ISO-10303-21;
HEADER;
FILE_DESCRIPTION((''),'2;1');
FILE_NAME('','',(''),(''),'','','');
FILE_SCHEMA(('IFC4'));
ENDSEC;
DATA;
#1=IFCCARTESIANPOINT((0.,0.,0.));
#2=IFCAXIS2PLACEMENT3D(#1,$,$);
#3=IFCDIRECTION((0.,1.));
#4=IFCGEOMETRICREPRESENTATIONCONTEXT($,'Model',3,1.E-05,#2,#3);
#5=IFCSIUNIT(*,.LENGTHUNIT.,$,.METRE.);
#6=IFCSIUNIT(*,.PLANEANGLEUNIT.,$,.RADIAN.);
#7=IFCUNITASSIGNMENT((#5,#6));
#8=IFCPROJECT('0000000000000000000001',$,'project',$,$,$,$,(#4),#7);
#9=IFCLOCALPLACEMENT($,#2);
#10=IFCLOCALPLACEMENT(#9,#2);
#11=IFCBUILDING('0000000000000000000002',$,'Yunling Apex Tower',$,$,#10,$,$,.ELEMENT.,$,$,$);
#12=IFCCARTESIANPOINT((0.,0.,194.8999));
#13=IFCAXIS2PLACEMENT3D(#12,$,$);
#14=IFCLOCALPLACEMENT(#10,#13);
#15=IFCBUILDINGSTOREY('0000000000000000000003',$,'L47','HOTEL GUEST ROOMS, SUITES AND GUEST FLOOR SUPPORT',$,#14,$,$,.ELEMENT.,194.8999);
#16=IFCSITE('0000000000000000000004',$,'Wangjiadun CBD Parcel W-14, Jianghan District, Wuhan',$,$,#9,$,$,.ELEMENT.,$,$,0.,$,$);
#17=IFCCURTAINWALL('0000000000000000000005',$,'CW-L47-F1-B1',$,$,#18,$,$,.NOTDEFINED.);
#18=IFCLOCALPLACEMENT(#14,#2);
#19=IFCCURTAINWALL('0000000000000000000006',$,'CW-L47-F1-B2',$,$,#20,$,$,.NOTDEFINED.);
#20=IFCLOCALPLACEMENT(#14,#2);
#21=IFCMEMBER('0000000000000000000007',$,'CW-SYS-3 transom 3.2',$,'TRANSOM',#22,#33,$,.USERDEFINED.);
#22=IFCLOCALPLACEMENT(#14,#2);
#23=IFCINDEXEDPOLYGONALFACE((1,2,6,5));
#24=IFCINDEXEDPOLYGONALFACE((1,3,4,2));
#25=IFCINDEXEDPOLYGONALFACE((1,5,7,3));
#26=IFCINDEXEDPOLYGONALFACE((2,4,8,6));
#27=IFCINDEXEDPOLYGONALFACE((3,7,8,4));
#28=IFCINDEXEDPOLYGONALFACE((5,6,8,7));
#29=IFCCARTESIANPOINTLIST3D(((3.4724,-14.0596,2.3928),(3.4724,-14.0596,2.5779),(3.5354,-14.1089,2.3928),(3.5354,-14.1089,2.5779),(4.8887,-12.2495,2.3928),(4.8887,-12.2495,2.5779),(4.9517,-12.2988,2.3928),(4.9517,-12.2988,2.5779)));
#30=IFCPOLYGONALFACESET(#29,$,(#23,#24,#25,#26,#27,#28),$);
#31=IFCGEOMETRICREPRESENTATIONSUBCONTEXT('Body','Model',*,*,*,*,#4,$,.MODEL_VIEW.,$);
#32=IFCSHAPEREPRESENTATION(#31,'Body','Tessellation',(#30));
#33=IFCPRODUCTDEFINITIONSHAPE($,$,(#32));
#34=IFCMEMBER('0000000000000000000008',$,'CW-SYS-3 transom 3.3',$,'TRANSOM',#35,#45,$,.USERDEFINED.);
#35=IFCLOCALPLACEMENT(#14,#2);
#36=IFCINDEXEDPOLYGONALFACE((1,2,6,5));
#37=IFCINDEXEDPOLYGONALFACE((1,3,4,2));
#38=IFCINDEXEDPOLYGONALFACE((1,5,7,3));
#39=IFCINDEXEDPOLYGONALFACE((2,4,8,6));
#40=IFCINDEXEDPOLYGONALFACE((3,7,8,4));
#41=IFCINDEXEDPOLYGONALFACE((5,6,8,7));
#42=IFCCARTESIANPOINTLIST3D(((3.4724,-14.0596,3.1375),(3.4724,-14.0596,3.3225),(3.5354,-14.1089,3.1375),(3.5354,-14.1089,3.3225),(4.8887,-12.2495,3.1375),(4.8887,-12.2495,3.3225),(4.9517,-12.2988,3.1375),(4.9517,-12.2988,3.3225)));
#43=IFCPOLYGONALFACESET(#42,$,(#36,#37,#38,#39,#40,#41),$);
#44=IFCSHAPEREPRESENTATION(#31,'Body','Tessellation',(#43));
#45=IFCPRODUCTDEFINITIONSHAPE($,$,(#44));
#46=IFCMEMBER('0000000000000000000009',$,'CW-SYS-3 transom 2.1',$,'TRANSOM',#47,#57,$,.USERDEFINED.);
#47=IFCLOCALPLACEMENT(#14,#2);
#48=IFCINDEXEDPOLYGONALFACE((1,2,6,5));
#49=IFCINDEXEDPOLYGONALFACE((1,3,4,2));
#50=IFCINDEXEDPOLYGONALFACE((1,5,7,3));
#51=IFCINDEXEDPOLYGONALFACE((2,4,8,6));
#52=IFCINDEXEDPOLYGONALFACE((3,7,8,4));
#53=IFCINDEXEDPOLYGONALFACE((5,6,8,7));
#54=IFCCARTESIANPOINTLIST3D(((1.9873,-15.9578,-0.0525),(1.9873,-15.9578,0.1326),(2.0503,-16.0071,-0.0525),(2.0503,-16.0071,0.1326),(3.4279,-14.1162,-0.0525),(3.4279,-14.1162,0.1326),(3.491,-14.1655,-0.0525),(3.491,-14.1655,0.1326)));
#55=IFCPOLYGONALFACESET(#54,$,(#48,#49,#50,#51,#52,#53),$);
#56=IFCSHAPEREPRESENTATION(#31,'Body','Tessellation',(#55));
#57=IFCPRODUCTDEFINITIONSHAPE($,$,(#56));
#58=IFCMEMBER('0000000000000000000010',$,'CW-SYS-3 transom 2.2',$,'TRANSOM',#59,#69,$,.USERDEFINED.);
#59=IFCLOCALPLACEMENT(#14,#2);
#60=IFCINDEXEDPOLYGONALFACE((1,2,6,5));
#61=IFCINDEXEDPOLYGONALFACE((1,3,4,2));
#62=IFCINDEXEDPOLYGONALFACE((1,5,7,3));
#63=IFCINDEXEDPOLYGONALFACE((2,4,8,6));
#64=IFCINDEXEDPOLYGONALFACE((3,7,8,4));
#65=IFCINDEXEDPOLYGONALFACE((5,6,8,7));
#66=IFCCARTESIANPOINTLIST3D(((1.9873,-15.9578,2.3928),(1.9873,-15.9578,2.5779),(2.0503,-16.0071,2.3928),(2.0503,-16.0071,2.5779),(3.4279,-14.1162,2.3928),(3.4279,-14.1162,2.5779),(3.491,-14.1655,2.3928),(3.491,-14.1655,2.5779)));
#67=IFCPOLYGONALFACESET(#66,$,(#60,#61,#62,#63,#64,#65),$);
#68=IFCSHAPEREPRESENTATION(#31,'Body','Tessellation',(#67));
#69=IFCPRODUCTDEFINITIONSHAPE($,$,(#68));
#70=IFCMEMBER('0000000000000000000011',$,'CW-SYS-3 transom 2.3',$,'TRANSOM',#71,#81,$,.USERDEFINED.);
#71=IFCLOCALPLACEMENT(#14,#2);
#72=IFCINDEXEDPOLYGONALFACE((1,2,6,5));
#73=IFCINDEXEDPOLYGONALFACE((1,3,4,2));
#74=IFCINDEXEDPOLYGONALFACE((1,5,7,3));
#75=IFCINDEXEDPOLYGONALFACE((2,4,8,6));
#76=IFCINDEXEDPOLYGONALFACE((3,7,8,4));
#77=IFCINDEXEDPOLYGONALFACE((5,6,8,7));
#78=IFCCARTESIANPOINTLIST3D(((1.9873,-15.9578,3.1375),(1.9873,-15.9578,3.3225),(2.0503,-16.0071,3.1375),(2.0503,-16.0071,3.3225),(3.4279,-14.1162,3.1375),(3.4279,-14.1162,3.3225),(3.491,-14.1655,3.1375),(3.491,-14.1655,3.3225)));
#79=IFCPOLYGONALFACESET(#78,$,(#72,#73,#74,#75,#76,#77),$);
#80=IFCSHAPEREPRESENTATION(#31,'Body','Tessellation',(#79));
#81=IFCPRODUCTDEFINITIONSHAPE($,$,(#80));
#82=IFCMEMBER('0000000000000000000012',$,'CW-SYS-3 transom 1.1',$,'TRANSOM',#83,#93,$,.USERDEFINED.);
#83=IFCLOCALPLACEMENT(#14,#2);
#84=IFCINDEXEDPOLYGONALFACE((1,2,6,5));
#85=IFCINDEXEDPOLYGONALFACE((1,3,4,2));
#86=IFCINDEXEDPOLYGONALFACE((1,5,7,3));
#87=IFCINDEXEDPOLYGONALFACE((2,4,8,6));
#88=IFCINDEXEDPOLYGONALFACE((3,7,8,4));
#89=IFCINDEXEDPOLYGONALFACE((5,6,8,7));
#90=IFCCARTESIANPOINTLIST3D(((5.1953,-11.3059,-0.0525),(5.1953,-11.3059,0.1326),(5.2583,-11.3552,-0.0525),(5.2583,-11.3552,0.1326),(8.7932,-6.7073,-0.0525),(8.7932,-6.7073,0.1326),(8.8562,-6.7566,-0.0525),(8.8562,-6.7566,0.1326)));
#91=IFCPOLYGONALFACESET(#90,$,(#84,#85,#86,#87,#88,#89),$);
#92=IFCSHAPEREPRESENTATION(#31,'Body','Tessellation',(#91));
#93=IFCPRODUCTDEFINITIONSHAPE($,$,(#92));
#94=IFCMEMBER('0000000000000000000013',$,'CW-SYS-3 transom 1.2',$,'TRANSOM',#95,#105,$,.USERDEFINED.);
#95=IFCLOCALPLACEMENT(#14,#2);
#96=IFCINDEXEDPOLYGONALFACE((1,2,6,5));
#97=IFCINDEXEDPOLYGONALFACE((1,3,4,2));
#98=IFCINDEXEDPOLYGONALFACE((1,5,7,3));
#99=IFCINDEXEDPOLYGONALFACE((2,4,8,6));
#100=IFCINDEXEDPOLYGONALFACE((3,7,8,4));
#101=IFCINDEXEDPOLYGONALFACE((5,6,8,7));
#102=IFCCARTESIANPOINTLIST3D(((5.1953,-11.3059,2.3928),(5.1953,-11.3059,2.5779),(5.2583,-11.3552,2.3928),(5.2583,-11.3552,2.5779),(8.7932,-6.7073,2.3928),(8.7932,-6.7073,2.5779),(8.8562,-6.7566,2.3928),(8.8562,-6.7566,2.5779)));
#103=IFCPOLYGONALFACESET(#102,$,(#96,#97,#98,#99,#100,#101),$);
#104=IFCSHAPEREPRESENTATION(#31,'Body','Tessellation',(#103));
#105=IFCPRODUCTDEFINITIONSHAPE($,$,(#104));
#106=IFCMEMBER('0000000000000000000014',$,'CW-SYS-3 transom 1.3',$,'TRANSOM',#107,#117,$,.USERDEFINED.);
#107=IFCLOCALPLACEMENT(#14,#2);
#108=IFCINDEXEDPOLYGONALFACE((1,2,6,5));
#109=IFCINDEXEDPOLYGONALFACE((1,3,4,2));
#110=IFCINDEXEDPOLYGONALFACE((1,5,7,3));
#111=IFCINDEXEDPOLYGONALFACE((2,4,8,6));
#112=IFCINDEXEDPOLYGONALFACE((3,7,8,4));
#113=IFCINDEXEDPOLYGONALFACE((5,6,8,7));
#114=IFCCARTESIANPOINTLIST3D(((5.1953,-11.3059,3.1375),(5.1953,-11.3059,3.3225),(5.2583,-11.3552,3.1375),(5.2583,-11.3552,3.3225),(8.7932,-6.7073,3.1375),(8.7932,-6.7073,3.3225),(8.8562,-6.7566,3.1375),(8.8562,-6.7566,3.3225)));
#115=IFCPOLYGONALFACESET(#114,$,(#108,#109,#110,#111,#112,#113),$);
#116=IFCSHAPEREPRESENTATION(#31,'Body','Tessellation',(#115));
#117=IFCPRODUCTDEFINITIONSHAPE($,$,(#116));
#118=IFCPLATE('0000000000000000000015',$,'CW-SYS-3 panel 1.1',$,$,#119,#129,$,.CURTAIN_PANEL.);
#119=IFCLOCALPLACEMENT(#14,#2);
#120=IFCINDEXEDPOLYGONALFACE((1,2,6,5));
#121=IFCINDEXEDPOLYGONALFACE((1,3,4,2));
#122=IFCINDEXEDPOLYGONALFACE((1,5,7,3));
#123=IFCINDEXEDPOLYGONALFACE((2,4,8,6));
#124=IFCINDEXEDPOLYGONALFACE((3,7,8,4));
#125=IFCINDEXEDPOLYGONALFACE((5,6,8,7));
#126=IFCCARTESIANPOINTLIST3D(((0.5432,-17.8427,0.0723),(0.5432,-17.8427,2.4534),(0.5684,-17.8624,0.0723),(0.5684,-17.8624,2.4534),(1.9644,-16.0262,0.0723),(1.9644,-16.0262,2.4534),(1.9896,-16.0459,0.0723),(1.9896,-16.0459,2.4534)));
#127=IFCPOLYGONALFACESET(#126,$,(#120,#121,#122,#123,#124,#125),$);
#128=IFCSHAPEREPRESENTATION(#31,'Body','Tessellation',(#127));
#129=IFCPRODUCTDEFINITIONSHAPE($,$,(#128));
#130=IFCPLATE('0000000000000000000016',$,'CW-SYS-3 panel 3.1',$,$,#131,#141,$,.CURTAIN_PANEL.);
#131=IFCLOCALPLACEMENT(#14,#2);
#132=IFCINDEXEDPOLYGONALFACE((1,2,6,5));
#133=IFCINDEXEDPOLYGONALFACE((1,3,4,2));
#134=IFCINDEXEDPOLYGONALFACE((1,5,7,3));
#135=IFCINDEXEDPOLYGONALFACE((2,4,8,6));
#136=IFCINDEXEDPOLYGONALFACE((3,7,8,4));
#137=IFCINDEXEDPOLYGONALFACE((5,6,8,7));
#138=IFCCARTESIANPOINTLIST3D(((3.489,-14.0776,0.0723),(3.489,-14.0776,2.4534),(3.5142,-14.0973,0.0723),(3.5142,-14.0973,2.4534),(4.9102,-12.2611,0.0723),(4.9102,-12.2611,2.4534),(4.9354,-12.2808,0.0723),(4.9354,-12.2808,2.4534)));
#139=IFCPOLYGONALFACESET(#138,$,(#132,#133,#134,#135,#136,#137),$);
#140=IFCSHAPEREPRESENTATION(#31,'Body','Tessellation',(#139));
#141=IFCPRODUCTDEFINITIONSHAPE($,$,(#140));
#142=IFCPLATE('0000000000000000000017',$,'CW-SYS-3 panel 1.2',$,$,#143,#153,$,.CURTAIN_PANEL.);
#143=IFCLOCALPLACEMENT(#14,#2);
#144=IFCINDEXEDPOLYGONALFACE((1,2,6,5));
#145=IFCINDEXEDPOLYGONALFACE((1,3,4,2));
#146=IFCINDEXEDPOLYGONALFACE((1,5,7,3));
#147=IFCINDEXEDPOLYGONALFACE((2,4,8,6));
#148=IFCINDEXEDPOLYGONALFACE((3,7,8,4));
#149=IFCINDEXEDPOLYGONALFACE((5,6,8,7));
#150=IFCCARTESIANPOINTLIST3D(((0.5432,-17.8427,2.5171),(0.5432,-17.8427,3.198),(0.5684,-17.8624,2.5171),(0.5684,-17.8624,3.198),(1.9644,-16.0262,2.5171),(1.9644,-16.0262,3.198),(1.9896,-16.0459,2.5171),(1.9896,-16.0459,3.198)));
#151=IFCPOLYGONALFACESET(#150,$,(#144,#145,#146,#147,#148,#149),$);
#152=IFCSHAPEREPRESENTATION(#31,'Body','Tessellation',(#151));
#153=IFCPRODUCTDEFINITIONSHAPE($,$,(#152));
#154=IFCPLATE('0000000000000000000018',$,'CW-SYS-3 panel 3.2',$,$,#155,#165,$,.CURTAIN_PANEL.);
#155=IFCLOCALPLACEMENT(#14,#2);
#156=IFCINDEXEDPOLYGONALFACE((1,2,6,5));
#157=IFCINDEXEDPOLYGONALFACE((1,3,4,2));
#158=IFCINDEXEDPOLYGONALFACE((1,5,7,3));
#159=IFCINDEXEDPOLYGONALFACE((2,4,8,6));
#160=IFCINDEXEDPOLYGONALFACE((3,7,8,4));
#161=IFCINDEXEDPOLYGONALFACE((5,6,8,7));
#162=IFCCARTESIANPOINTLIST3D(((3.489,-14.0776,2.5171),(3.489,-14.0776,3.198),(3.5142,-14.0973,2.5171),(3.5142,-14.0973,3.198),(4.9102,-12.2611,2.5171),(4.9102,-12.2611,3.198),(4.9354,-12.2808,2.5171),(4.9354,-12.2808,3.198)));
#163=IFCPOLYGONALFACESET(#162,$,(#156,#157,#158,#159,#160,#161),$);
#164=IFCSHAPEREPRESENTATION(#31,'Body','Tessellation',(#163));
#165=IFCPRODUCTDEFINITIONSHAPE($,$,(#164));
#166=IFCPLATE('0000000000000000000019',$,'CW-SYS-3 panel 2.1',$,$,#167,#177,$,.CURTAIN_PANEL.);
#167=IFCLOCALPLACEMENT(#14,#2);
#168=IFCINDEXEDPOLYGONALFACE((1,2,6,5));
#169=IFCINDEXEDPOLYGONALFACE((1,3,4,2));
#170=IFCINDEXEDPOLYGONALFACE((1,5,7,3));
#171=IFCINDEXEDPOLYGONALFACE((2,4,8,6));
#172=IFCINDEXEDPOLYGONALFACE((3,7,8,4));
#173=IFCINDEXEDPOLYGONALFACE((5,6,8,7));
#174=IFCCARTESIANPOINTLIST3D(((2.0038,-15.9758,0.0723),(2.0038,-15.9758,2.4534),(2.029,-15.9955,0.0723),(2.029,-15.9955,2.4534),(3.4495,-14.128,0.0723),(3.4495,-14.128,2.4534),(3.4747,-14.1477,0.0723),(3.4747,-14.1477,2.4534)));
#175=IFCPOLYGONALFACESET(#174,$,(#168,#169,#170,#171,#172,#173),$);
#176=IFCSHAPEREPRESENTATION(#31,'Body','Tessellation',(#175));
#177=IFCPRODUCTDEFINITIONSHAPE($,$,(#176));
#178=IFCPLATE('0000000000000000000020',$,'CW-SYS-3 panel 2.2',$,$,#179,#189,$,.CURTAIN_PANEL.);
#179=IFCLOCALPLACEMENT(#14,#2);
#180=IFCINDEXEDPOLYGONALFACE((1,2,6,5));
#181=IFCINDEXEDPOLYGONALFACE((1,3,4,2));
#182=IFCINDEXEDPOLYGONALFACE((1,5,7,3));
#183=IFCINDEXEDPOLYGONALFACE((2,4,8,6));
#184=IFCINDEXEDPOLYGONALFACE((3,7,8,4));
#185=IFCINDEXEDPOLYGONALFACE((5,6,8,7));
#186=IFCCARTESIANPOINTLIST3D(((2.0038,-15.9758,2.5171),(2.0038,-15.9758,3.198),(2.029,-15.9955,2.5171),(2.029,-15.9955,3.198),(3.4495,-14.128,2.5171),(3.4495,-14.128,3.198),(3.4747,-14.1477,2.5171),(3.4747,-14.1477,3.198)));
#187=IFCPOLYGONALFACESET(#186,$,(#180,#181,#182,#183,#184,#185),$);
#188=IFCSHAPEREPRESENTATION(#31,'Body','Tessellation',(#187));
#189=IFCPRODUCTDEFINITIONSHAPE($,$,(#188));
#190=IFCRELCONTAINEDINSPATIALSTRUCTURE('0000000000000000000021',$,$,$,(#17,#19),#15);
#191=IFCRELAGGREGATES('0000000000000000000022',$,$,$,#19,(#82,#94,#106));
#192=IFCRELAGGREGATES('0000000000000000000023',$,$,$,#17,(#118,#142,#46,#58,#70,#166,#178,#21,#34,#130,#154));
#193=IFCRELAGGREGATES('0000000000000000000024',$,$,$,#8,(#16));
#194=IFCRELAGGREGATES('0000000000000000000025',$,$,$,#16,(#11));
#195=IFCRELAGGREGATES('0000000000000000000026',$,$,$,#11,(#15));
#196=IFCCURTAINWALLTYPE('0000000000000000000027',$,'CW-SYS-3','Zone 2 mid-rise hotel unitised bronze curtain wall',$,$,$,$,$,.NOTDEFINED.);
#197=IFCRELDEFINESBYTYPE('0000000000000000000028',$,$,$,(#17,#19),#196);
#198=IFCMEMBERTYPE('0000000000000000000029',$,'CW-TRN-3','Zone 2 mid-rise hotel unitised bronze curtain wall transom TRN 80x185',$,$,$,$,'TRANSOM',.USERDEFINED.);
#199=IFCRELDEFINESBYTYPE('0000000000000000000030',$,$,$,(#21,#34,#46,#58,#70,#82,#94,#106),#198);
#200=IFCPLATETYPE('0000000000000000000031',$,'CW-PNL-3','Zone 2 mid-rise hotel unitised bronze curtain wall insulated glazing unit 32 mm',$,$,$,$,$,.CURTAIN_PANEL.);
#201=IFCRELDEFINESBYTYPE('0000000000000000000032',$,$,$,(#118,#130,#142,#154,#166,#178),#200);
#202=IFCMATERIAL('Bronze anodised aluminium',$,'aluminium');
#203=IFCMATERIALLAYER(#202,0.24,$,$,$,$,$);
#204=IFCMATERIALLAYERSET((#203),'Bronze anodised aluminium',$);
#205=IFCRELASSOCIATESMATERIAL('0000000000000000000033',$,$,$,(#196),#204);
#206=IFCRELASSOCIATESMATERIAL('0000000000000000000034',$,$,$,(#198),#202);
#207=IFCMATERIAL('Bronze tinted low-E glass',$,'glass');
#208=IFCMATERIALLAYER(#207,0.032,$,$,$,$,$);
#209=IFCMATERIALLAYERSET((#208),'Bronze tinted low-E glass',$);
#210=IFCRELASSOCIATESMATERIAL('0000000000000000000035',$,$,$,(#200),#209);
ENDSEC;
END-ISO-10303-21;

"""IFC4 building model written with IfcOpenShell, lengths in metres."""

from ifc_helpers import new_model, si_unit, direction, frame, origin, origin_2d, place, context, subcontext, project, spatial, rectangle, extrude, source, transform, mapped, material, layer, layer_set, material_profile, profile_set, type_object, element, aggregate, save


model = new_model("IFC4")

# Units and contexts
model_context = context("Model", 3, precision=1e-05, world=origin(), true_north=direction((0.0, 1.0)))
body_context = subcontext(model_context, "Body", "Model", "MODEL_VIEW")
ifc_project = project(units=[si_unit("LENGTHUNIT", "METRE"), si_unit("PLANEANGLEUNIT", "RADIAN")], contexts=[model_context])

# Site, building, storey
site_placement = place(None, origin())
site = spatial("IfcSite", under=ifc_project, at=site_placement, Name="Wangjiadun CBD Parcel W-14, Jianghan District, Wuhan", CompositionType="ELEMENT", RefElevation=0.0)
building_placement = place(site_placement, origin())
building = spatial("IfcBuilding", under=site, at=building_placement, Name="Yunling Apex Tower", CompositionType="ELEMENT")
storey_placement = place(building_placement, frame((0.0, 0.0, 194.8999)))
storey = spatial("IfcBuildingStorey", under=building, at=storey_placement, Name="L47", Description="HOTEL GUEST ROOMS, SUITES AND GUEST FLOOR SUPPORT", CompositionType="ELEMENT", Elevation=194.8999)

# Curtain wall
ifc_material_1 = material(Name="Bronze anodised aluminium", Category="aluminium")
ifc_layer_1 = layer(ifc_material_1, 0.24)
ifc_layer_set_1 = layer_set([ifc_layer_1], Name="Bronze anodised aluminium")
curtain_wall_type = type_object("IfcCurtainWallType", Name="CW-SYS-3", Description="Zone 2 mid-rise hotel unitised bronze curtain wall", PredefinedType="NOTDEFINED", material=ifc_layer_set_1)
curtain_wall_1_placement = place(storey_placement, origin())
curtain_wall_1 = element("IfcCurtainWall", 1, at=curtain_wall_1_placement, inside=storey, type_object=curtain_wall_type, Name="CW-L47-F1-B1", PredefinedType="NOTDEFINED")

# Curtain wall
curtain_wall_2_placement = place(storey_placement, origin())
curtain_wall_2 = element("IfcCurtainWall", 2, at=curtain_wall_2_placement, inside=storey, type_object=curtain_wall_type, Name="CW-L47-F1-B2", PredefinedType="NOTDEFINED")

# Members
ifc_material_profile_1 = material_profile(ifc_material_1, rectangle(XDim=0.0801, YDim=0.1851, at=origin_2d()))
ifc_profile_set_1 = profile_set([ifc_material_profile_1], Name="Bronze anodised aluminium")
member_type_1 = type_object("IfcMemberType", Name="CW-TRN-3", Description="Zone 2 mid-rise hotel unitised bronze curtain wall transom TRN 80x185", ElementType="TRANSOM", PredefinedType="USERDEFINED", material=ifc_profile_set_1)
shared_shape_1 = source(origin(), body_context, "Body", "SweptSolid", [
    extrude(rectangle(XDim=0.0801, YDim=0.1851, at=origin_2d()), origin(), (0.0, 0.0, 1.0), 2.2983),
])
member_1_placement = place(storey_placement, frame((3.5039, -14.0842, 2.4854), z_axis=(0.616225, 0.78757, 0.0), x_axis=(-0.78757, 0.616225, 0.0)))
member_1 = element("IfcMember", 3, at=member_1_placement, type_object=member_type_1, Name="CW-SYS-3 transom 3.2", ObjectType="TRANSOM", PredefinedType="USERDEFINED", context=body_context, shape_type="MappedRepresentation", body=[
    mapped(shared_shape_1, transform((0.0, 0.0, 0.0), scale=1.0)),
])
member_2_placement = place(storey_placement, frame((3.5039, -14.0842, 3.23), z_axis=(0.616225, 0.78757, 0.0), x_axis=(-0.78757, 0.616225, 0.0)))
member_2 = element("IfcMember", 4, at=member_2_placement, type_object=member_type_1, Name="CW-SYS-3 transom 3.3", ObjectType="TRANSOM", PredefinedType="USERDEFINED", context=body_context, shape_type="MappedRepresentation", body=[
    mapped(shared_shape_1, transform((0.0, 0.0, 0.0), scale=1.0)),
])
shared_shape_2 = source(origin(), body_context, "Body", "SweptSolid", [
    extrude(rectangle(XDim=0.0801, YDim=0.1851, at=origin_2d()), origin(), (0.0, 0.0, 1.0), 2.3381),
])
member_3_placement = place(storey_placement, frame((2.0188, -15.9824, 0.04), z_axis=(0.616165, 0.787617, 0.0), x_axis=(-0.787617, 0.616165, 0.0)))
member_3 = element("IfcMember", 5, at=member_3_placement, type_object=member_type_1, Name="CW-SYS-3 transom 2.1", ObjectType="TRANSOM", PredefinedType="USERDEFINED", context=body_context, shape_type="MappedRepresentation", body=[
    mapped(shared_shape_2, transform((0.0, 0.0, 0.0), scale=1.0)),
])
member_4_placement = place(storey_placement, frame((2.0188, -15.9824, 2.4854), z_axis=(0.616165, 0.787617, 0.0), x_axis=(-0.787617, 0.616165, 0.0)))
member_4 = element("IfcMember", 6, at=member_4_placement, type_object=member_type_1, Name="CW-SYS-3 transom 2.2", ObjectType="TRANSOM", PredefinedType="USERDEFINED", context=body_context, shape_type="MappedRepresentation", body=[
    mapped(shared_shape_2, transform((0.0, 0.0, 0.0), scale=1.0)),
])
member_5_placement = place(storey_placement, frame((2.0188, -15.9824, 3.23), z_axis=(0.616165, 0.787617, 0.0), x_axis=(-0.787617, 0.616165, 0.0)))
member_5 = element("IfcMember", 7, at=member_5_placement, type_object=member_type_1, Name="CW-SYS-3 transom 2.3", ObjectType="TRANSOM", PredefinedType="USERDEFINED", context=body_context, shape_type="MappedRepresentation", body=[
    mapped(shared_shape_2, transform((0.0, 0.0, 0.0), scale=1.0)),
])
shared_shape_3 = source(origin(), body_context, "Body", "SweptSolid", [
    extrude(rectangle(XDim=0.0801, YDim=0.1851, at=origin_2d()), origin(), (0.0, 0.0, 1.0), 5.8389),
])
member_6_placement = place(storey_placement, frame((5.2268, -11.3306, 0.04), z_axis=(0.616199, 0.787591, 0.0), x_axis=(-0.787591, 0.616199, 0.0)))
member_6 = element("IfcMember", 8, at=member_6_placement, type_object=member_type_1, Name="CW-SYS-3 transom 1.1", ObjectType="TRANSOM", PredefinedType="USERDEFINED", context=body_context, shape_type="MappedRepresentation", body=[
    mapped(shared_shape_3, transform((0.0, 0.0, 0.0), scale=1.0)),
])
member_7_placement = place(storey_placement, frame((5.2268, -11.3306, 2.4854), z_axis=(0.616199, 0.787591, 0.0), x_axis=(-0.787591, 0.616199, 0.0)))
member_7 = element("IfcMember", 9, at=member_7_placement, type_object=member_type_1, Name="CW-SYS-3 transom 1.2", ObjectType="TRANSOM", PredefinedType="USERDEFINED", context=body_context, shape_type="MappedRepresentation", body=[
    mapped(shared_shape_3, transform((0.0, 0.0, 0.0), scale=1.0)),
])
member_8_placement = place(storey_placement, frame((5.2268, -11.3306, 3.23), z_axis=(0.616199, 0.787591, 0.0), x_axis=(-0.787591, 0.616199, 0.0)))
member_8 = element("IfcMember", 10, at=member_8_placement, type_object=member_type_1, Name="CW-SYS-3 transom 1.3", ObjectType="TRANSOM", PredefinedType="USERDEFINED", context=body_context, shape_type="MappedRepresentation", body=[
    mapped(shared_shape_3, transform((0.0, 0.0, 0.0), scale=1.0)),
])
aggregate(curtain_wall_2, [member_6, member_7, member_8])

# Plates
ifc_material_2 = material(Name="Bronze tinted low-E glass", Category="glass")
ifc_layer_2 = layer(ifc_material_2, 0.032)
ifc_layer_set_2 = layer_set([ifc_layer_2], Name="Bronze tinted low-E glass")
plate_type = type_object("IfcPlateType", Name="CW-PNL-3", Description="Zone 2 mid-rise hotel unitised bronze curtain wall insulated glazing unit 32 mm", PredefinedType="CURTAIN_PANEL", material=ifc_layer_set_2)
shared_shape_4 = source(origin(), body_context, "Body", "SweptSolid", [
    extrude(rectangle(XDim=2.3064, YDim=0.032, at=origin_2d()), origin(), (0.0, 0.0, 1.0), 2.3811),
])
plate_1_placement = place(storey_placement, frame((1.2664, -16.9443, 0.0723), z_axis=(0.0, 0.0, 1.0), x_axis=(0.6162, 0.787589, 0.0)))
plate_1 = element("IfcPlate", 11, at=plate_1_placement, type_object=plate_type, Name="CW-SYS-3 panel 1.1", PredefinedType="CURTAIN_PANEL", context=body_context, shape_type="MappedRepresentation", body=[
    mapped(shared_shape_4, transform((0.0, 0.0, 0.0), scale=1.0)),
])
plate_2_placement = place(storey_placement, frame((4.2122, -13.1792, 0.0723), z_axis=(0.0, 0.0, 1.0), x_axis=(0.6162, 0.787589, 0.0)))
plate_2 = element("IfcPlate", 12, at=plate_2_placement, type_object=plate_type, Name="CW-SYS-3 panel 3.1", PredefinedType="CURTAIN_PANEL", context=body_context, shape_type="MappedRepresentation", body=[
    mapped(shared_shape_4, transform((0.0, 0.0, 0.0), scale=1.0)),
])
shared_shape_5 = source(origin(), body_context, "Body", "SweptSolid", [
    extrude(rectangle(XDim=2.3064, YDim=0.032, at=origin_2d()), origin(), (0.0, 0.0, 1.0), 0.6809),
])
plate_3_placement = place(storey_placement, frame((1.2664, -16.9443, 2.5171), z_axis=(0.0, 0.0, 1.0), x_axis=(0.6162, 0.787589, 0.0)))
plate_3 = element("IfcPlate", 13, at=plate_3_placement, type_object=plate_type, Name="CW-SYS-3 panel 1.2", PredefinedType="CURTAIN_PANEL", context=body_context, shape_type="MappedRepresentation", body=[
    mapped(shared_shape_5, transform((0.0, 0.0, 0.0), scale=1.0)),
])
plate_4_placement = place(storey_placement, frame((4.2122, -13.1792, 2.5171), z_axis=(0.0, 0.0, 1.0), x_axis=(0.6162, 0.787589, 0.0)))
plate_4 = element("IfcPlate", 14, at=plate_4_placement, type_object=plate_type, Name="CW-SYS-3 panel 3.2", PredefinedType="CURTAIN_PANEL", context=body_context, shape_type="MappedRepresentation", body=[
    mapped(shared_shape_5, transform((0.0, 0.0, 0.0), scale=1.0)),
])
shared_shape_6 = source(origin(), body_context, "Body", "SweptSolid", [
    extrude(rectangle(XDim=2.3462, YDim=0.032, at=origin_2d()), origin(), (0.0, 0.0, 1.0), 2.3811),
])
plate_5_placement = place(storey_placement, frame((2.7393, -15.0618, 0.0723), z_axis=(0.0, 0.0, 1.0), x_axis=(0.6162, 0.787589, 0.0)))
plate_5 = element("IfcPlate", 15, at=plate_5_placement, type_object=plate_type, Name="CW-SYS-3 panel 2.1", PredefinedType="CURTAIN_PANEL", context=body_context, shape_type="MappedRepresentation", body=[
    mapped(shared_shape_6, transform((0.0, 0.0, 0.0), scale=1.0)),
])
shared_shape_7 = source(origin(), body_context, "Body", "SweptSolid", [
    extrude(rectangle(XDim=2.3462, YDim=0.032, at=origin_2d()), origin(), (0.0, 0.0, 1.0), 0.6809),
])
plate_6_placement = place(storey_placement, frame((2.7393, -15.0618, 2.5171), z_axis=(0.0, 0.0, 1.0), x_axis=(0.6162, 0.787589, 0.0)))
plate_6 = element("IfcPlate", 16, at=plate_6_placement, type_object=plate_type, Name="CW-SYS-3 panel 2.2", PredefinedType="CURTAIN_PANEL", context=body_context, shape_type="MappedRepresentation", body=[
    mapped(shared_shape_7, transform((0.0, 0.0, 0.0), scale=1.0)),
])
aggregate(curtain_wall_1, [plate_1, plate_3, member_3, member_4, member_5, plate_5, plate_6, member_1, member_2, plate_2, plate_4])

save(model, "model.ifc")
